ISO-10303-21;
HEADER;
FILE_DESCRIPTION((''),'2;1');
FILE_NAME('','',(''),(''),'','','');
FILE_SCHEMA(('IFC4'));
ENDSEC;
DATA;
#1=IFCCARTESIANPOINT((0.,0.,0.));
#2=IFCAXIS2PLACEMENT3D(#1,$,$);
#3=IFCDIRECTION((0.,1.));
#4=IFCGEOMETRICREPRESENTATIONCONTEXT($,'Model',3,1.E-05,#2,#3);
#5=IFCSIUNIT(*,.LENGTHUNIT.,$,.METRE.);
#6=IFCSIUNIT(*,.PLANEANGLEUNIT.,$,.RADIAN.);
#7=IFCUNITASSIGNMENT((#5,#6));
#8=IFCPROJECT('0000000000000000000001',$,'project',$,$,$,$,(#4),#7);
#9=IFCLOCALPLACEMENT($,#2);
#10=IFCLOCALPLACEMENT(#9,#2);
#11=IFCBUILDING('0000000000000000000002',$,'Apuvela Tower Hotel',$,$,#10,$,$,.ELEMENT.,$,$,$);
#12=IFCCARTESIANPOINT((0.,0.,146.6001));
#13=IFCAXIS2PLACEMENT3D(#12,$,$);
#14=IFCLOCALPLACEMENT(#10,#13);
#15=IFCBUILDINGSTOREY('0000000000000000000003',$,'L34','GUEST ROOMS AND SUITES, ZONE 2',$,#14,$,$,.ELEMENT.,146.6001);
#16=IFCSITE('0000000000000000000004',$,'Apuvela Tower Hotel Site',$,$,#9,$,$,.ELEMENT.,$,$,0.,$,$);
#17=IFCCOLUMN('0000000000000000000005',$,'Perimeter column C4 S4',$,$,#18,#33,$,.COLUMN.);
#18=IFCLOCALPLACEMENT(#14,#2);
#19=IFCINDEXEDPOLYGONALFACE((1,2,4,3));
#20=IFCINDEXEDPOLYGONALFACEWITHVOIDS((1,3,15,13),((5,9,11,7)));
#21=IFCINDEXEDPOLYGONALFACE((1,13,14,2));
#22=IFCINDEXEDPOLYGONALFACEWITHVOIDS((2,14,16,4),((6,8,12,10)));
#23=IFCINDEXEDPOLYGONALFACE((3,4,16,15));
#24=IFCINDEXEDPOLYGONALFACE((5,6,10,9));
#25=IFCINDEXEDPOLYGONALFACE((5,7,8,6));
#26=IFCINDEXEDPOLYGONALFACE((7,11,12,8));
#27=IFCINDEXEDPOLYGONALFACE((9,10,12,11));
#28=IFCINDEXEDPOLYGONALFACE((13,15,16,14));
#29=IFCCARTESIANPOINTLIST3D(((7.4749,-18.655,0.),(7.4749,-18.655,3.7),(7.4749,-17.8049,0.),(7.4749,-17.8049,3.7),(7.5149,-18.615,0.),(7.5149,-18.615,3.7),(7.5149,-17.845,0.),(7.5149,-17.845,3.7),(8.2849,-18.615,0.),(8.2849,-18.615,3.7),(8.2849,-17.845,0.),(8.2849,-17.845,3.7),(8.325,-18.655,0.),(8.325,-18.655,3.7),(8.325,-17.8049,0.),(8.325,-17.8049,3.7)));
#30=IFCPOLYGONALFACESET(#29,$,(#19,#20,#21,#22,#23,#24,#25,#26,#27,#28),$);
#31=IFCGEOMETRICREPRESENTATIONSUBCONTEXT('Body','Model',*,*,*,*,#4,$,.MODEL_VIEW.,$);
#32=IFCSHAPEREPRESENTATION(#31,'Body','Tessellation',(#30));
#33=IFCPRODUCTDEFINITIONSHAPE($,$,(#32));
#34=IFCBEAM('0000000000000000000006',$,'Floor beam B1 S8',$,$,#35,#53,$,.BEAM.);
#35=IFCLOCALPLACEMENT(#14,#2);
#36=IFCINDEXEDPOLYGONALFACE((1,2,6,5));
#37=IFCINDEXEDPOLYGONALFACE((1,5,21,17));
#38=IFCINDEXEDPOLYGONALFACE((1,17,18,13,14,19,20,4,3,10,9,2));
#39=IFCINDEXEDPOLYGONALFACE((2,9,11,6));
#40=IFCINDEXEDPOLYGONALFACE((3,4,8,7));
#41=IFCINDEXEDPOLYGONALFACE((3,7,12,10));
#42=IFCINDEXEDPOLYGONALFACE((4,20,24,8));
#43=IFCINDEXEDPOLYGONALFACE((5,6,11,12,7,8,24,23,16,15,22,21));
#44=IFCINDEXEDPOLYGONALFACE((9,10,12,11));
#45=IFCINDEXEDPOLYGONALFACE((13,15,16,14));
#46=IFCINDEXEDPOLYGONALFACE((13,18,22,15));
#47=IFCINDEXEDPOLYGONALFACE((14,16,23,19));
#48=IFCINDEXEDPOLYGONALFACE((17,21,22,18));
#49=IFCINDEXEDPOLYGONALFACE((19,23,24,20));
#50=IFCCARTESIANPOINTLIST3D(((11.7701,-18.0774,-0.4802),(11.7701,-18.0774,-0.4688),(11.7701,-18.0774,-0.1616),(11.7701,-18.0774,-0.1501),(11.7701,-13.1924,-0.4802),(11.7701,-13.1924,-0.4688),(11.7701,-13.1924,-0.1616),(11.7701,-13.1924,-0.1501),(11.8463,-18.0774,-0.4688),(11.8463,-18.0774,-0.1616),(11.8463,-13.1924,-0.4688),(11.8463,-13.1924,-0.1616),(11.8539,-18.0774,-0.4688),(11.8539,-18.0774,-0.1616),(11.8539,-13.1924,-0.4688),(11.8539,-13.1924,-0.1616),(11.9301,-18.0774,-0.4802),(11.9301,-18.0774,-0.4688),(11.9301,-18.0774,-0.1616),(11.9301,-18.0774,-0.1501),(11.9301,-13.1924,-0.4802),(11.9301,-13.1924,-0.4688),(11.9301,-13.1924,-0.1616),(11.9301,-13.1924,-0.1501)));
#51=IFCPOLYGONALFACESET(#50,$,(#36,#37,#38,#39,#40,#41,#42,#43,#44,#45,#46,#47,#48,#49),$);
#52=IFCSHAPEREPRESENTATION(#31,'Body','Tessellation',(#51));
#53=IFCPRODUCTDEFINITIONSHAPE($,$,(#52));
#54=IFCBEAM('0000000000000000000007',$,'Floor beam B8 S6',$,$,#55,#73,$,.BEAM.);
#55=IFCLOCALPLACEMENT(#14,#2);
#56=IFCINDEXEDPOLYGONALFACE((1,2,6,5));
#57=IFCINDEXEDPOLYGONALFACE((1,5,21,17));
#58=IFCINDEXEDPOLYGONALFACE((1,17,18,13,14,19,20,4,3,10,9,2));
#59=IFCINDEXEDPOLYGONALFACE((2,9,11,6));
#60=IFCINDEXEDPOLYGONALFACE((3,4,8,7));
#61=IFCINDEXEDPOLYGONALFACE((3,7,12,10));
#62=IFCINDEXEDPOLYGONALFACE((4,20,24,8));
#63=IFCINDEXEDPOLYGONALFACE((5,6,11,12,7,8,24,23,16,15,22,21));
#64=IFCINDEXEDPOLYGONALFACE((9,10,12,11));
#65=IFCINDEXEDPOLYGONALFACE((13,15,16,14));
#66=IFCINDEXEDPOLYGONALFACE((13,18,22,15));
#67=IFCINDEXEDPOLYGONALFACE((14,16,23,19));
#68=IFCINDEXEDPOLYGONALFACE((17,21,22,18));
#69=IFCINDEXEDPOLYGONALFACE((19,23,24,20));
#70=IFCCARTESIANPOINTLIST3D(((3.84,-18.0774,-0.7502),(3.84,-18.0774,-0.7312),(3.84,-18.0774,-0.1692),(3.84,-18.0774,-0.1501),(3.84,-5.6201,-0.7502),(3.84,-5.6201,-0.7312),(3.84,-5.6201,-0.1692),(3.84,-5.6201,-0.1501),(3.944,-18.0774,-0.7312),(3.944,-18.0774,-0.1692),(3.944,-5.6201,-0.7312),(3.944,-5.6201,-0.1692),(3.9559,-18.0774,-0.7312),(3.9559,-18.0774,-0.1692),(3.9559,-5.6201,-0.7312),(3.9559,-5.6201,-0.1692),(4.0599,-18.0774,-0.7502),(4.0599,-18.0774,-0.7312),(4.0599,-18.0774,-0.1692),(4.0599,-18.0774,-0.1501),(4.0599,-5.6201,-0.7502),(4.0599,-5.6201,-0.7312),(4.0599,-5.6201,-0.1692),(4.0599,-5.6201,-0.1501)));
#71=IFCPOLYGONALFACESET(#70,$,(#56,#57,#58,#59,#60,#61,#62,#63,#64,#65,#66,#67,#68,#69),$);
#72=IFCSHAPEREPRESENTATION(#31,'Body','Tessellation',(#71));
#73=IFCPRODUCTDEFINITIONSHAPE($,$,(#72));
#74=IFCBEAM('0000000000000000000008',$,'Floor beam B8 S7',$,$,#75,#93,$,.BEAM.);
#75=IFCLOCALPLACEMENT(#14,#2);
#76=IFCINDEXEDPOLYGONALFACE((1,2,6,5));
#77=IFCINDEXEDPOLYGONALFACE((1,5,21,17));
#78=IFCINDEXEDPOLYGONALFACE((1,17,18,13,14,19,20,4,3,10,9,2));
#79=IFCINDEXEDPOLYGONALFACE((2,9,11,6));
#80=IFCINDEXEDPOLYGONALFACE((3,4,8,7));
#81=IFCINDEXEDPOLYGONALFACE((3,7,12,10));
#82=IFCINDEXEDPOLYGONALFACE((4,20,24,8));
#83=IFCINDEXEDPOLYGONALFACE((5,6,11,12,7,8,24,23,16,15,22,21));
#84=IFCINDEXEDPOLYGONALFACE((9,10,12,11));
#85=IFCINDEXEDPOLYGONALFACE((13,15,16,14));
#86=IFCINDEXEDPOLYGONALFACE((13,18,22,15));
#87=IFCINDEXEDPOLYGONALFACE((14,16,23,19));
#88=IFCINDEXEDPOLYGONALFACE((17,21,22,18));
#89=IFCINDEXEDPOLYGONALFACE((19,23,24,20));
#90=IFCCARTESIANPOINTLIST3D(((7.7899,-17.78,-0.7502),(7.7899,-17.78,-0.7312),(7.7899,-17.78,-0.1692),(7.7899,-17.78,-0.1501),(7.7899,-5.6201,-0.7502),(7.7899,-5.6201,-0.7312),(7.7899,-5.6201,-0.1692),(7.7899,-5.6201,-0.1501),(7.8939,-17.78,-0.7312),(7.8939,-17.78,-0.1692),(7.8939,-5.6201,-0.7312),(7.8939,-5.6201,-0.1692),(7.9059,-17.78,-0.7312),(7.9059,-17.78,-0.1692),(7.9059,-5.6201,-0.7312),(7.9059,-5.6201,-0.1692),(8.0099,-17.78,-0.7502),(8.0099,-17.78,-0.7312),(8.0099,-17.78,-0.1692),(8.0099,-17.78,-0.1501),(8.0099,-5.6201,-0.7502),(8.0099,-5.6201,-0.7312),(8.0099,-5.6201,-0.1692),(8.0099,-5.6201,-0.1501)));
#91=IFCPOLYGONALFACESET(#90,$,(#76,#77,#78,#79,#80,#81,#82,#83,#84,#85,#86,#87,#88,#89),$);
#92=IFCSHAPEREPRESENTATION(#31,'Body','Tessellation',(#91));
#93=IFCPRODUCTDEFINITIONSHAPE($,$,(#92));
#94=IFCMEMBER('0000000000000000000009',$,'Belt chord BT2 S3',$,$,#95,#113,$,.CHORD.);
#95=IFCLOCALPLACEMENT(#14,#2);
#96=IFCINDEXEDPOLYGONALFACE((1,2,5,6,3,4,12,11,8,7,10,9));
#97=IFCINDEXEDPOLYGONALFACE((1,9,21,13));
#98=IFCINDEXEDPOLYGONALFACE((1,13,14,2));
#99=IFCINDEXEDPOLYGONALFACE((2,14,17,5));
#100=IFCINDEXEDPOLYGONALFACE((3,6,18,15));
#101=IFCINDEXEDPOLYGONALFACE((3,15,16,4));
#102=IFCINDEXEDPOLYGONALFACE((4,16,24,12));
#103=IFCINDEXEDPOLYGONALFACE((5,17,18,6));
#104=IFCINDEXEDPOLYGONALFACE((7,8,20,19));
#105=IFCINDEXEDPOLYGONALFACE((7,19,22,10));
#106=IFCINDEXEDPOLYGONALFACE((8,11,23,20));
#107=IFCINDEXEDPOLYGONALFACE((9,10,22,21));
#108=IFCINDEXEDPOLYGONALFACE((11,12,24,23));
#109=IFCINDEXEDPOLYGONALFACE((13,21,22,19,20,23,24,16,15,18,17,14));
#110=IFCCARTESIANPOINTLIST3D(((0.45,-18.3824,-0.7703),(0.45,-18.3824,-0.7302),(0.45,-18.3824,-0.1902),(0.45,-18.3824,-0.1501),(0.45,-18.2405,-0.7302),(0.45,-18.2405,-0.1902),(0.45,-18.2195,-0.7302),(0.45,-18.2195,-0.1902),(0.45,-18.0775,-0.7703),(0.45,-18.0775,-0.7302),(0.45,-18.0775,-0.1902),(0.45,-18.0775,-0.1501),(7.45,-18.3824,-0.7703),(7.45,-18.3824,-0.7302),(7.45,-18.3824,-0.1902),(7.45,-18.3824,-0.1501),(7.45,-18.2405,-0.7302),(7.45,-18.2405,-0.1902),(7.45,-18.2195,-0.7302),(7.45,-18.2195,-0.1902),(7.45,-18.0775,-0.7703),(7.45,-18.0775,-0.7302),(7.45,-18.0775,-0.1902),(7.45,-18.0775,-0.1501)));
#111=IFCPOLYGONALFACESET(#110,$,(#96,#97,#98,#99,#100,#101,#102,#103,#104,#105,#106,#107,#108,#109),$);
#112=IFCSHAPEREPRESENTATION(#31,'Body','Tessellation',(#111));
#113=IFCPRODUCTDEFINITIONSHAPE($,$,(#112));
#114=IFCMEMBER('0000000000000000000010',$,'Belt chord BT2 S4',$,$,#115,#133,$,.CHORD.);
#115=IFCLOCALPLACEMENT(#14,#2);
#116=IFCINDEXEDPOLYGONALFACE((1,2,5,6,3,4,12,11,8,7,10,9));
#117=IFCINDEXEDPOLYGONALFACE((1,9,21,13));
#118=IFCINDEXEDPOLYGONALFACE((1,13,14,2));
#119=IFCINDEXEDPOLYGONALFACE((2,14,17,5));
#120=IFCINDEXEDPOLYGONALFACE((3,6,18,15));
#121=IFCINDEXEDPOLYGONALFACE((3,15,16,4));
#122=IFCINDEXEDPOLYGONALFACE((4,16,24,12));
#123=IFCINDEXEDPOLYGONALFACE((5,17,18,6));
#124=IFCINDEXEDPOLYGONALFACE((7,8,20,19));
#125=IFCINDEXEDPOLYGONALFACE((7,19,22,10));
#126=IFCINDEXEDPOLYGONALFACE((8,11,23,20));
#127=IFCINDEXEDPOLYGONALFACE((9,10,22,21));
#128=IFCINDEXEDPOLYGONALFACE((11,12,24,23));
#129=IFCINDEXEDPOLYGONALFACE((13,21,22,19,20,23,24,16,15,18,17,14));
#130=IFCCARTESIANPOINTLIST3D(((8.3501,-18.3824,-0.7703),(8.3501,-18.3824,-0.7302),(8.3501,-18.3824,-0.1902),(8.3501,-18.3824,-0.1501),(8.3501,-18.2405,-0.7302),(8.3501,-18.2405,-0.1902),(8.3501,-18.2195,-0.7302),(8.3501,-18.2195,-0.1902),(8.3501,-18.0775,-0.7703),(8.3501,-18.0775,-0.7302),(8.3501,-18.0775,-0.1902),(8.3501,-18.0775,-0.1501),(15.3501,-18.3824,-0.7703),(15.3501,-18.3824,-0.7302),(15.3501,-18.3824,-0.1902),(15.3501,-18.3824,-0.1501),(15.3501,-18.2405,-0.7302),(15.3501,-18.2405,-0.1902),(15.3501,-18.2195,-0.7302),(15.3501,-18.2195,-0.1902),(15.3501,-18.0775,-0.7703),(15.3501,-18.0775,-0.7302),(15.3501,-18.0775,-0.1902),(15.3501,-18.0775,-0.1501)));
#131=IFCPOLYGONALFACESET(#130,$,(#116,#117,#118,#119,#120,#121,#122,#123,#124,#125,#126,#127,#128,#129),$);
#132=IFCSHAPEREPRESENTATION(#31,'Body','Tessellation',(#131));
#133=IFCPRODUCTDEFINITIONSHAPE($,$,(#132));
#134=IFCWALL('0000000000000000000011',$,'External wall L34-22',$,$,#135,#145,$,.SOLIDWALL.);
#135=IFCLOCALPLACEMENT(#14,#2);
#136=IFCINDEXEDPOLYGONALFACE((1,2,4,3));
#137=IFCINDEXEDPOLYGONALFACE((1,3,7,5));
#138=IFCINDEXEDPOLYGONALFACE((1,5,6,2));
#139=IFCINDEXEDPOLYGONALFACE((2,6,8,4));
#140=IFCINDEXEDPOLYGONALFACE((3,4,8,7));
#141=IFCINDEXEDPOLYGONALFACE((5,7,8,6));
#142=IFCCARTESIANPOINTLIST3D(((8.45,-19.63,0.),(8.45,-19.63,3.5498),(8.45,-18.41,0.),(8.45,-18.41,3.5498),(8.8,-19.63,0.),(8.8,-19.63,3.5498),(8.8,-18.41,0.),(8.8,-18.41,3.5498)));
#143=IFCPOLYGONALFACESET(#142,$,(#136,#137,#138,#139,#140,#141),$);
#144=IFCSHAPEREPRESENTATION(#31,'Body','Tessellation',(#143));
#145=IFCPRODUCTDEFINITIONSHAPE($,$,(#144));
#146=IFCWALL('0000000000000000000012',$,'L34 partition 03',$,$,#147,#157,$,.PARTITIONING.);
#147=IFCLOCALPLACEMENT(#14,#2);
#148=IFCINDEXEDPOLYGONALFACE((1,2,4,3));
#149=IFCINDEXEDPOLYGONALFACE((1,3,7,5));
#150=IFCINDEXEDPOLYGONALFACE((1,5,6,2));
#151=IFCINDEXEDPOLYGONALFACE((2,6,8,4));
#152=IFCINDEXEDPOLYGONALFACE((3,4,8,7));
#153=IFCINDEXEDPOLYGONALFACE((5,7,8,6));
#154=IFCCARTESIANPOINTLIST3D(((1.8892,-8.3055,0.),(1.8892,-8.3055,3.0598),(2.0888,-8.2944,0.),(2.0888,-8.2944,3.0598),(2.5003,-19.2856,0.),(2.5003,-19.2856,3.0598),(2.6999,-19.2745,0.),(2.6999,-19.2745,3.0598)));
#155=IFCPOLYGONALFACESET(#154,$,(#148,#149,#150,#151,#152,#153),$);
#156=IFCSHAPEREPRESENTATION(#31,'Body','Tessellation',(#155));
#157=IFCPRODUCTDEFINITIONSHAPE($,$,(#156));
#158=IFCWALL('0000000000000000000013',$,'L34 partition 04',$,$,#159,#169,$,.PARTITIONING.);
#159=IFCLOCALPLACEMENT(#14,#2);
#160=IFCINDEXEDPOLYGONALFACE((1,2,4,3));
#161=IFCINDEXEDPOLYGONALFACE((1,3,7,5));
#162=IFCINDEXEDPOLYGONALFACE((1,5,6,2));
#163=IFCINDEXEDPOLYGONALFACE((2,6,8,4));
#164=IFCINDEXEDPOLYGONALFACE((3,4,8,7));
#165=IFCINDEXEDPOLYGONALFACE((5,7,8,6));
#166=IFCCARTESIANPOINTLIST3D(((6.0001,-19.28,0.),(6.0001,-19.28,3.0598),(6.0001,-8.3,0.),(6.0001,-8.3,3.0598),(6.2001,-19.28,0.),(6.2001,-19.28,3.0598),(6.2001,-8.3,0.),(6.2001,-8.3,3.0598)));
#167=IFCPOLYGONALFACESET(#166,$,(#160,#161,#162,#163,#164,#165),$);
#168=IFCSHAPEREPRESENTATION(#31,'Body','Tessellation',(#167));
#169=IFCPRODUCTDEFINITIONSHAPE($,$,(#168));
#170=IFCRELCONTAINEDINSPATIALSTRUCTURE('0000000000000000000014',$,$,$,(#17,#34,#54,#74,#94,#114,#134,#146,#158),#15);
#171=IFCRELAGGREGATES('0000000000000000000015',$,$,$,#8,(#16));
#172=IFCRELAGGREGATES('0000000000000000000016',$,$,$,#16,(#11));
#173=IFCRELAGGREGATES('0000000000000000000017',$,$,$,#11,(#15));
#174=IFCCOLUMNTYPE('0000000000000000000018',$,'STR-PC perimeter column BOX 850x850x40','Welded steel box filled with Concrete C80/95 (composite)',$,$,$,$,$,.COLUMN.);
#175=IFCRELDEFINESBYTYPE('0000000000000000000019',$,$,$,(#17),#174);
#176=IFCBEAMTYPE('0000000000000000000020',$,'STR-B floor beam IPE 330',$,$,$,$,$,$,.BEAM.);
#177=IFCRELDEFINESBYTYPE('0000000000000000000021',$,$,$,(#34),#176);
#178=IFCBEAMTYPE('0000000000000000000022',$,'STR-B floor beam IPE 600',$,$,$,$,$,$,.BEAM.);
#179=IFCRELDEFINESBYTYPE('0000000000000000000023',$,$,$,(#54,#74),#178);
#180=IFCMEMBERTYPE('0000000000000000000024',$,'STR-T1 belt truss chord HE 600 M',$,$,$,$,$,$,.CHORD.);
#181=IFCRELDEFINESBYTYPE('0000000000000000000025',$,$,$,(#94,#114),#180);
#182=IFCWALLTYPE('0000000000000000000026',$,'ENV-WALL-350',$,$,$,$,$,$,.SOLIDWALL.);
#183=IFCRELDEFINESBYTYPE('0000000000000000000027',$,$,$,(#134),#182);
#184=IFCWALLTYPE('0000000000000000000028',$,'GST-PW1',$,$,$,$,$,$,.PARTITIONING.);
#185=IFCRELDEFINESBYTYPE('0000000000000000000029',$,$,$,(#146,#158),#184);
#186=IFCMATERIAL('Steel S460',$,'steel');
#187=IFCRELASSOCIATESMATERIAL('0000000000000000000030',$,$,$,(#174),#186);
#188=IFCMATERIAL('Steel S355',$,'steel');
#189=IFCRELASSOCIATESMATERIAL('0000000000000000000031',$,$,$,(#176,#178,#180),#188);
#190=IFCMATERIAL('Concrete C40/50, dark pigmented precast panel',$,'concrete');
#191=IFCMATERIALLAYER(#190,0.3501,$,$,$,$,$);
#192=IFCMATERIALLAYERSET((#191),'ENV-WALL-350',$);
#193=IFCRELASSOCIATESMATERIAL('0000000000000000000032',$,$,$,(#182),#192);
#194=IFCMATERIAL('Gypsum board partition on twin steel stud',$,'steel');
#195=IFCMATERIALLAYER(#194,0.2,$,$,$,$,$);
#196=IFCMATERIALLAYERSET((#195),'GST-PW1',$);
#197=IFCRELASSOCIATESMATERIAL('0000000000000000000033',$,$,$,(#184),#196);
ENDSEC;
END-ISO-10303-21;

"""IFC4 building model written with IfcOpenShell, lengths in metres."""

from ifc_helpers import new_model, si_unit, direction, frame, frame_2d, origin, origin_2d, place, context, subcontext, project, spatial, rectangle, hollow_rectangle, i_section, extrude, material, layer, layer_set, material_profile, profile_set, type_object, element, save


model = new_model("IFC4")

# Units and contexts
model_context = context("Model", 3, precision=1e-05, world=origin(), true_north=direction((0.0, 1.0)))
body_context = subcontext(model_context, "Body", "Model", "MODEL_VIEW")
ifc_project = project(units=[si_unit("LENGTHUNIT", "METRE"), si_unit("PLANEANGLEUNIT", "RADIAN")], contexts=[model_context])

# Site, building, storey
site_placement = place(None, origin())
site = spatial("IfcSite", under=ifc_project, at=site_placement, Name="Apuvela Tower Hotel Site", CompositionType="ELEMENT", RefElevation=0.0)
building_placement = place(site_placement, origin())
building = spatial("IfcBuilding", under=site, at=building_placement, Name="Apuvela Tower Hotel", CompositionType="ELEMENT")
storey_placement = place(building_placement, frame((0.0, 0.0, 146.6001)))
storey = spatial("IfcBuildingStorey", under=building, at=storey_placement, Name="L34", Description="GUEST ROOMS AND SUITES, ZONE 2", CompositionType="ELEMENT", Elevation=146.6001)

# Column
ifc_material_1 = material(Name="Steel S460", Category="steel")
ifc_material_profile_1 = material_profile(ifc_material_1, hollow_rectangle(XDim=0.8501, YDim=0.8501, WallThickness=0.04, at=origin_2d()), Name="BOX 850x850x40")
ifc_material_2 = material(Name="Concrete C80/95", Category="concrete")
ifc_material_profile_2 = material_profile(ifc_material_2, rectangle(XDim=0.77, YDim=0.77, at=origin_2d()), Name="Concrete C80/95 infill")
ifc_profile_set_1 = profile_set([ifc_material_profile_1, ifc_material_profile_2], Name="Steel S460")
column_type = type_object("IfcColumnType", Name="STR-PC perimeter column BOX 850x850x40", Description="Welded steel box filled with Concrete C80/95 (composite)", PredefinedType="COLUMN", material=ifc_profile_set_1)
column_placement = place(storey_placement, frame((7.8999, -18.23, 0.0), z_axis=(0.0, 0.0, 1.0), x_axis=(-1.0, 0.0, 0.0)))
element("IfcColumn", 1, at=column_placement, inside=storey, type_object=column_type, Name="Perimeter column C4 S4", PredefinedType="COLUMN", context=body_context, shape_type="SweptSolid", body=[
    extrude(hollow_rectangle(XDim=0.8501, YDim=0.8501, WallThickness=0.04, at=origin_2d()), origin(), (0.0, 0.0, 1.0), 3.7),
])

# Beams
ifc_material_3 = material(Name="Steel S355", Category="steel")
ifc_material_profile_3 = material_profile(ifc_material_3, i_section(OverallWidth=0.1599, OverallDepth=0.3301, WebThickness=0.0076, FlangeThickness=0.0115, at=origin_2d()), Name="IPE 330")
ifc_profile_set_2 = profile_set([ifc_material_profile_3], Name="Steel S355")
beam_type_1 = type_object("IfcBeamType", Name="STR-B floor beam IPE 330", PredefinedType="BEAM", material=ifc_profile_set_2)
beam_1_placement = place(storey_placement, frame((11.8501, -18.0774, -0.3152), z_axis=(0.0, 1.0, 0.0), x_axis=(-1.0, 0.0, 0.0)))
element("IfcBeam", 2, at=beam_1_placement, inside=storey, type_object=beam_type_1, Name="Floor beam B1 S8", PredefinedType="BEAM", context=body_context, shape_type="SweptSolid", body=[
    extrude(i_section(OverallWidth=0.1599, OverallDepth=0.3301, WebThickness=0.0076, FlangeThickness=0.0115, at=origin_2d()), origin(), (0.0, 0.0, 1.0), 4.885),
])
ifc_material_profile_4 = material_profile(ifc_material_3, i_section(OverallWidth=0.22, OverallDepth=0.6001, WebThickness=0.012, FlangeThickness=0.019, at=origin_2d()), Name="IPE 600")
ifc_profile_set_3 = profile_set([ifc_material_profile_4], Name="Steel S355")
beam_type_2 = type_object("IfcBeamType", Name="STR-B floor beam IPE 600", PredefinedType="BEAM", material=ifc_profile_set_3)
beam_2_placement = place(storey_placement, frame((3.95, -18.0774, -0.4502), z_axis=(0.0, 1.0, 0.0), x_axis=(-1.0, 0.0, 0.0)))
element("IfcBeam", 3, at=beam_2_placement, inside=storey, type_object=beam_type_2, Name="Floor beam B8 S6", PredefinedType="BEAM", context=body_context, shape_type="SweptSolid", body=[
    extrude(i_section(OverallWidth=0.22, OverallDepth=0.6001, WebThickness=0.012, FlangeThickness=0.019, at=origin_2d()), origin(), (0.0, 0.0, 1.0), 12.4573),
])
beam_3_placement = place(storey_placement, frame((7.8999, -17.78, -0.4502), z_axis=(0.0, 1.0, 0.0), x_axis=(-1.0, 0.0, 0.0)))
element("IfcBeam", 4, at=beam_3_placement, inside=storey, type_object=beam_type_2, Name="Floor beam B8 S7", PredefinedType="BEAM", context=body_context, shape_type="SweptSolid", body=[
    extrude(i_section(OverallWidth=0.22, OverallDepth=0.6001, WebThickness=0.012, FlangeThickness=0.019, at=origin_2d()), origin(), (0.0, 0.0, 1.0), 12.1599),
])

# Members
ifc_material_profile_5 = material_profile(ifc_material_3, i_section(OverallWidth=0.3049, OverallDepth=0.6201, WebThickness=0.021, FlangeThickness=0.04, at=origin_2d()), Name="HE 600 M")
ifc_profile_set_4 = profile_set([ifc_material_profile_5], Name="Steel S355")
member_type = type_object("IfcMemberType", Name="STR-T1 belt truss chord HE 600 M", PredefinedType="CHORD", material=ifc_profile_set_4)
for number, where, z_axis, x_axis, name in (
    (5, (0.45, -18.23, -0.4602), (1.0, 0.0, 0.0), (0.0, 1.0, 0.0), "Belt chord BT2 S3"),
    (6, (8.3501, -18.23, -0.4602), (1.0, 0.0, 0.0), (0.0, 1.0, 0.0), "Belt chord BT2 S4"),
):
    element("IfcMember", number, at=place(storey_placement, frame(where, z_axis=z_axis, x_axis=x_axis)), inside=storey, type_object=member_type, Name=name, PredefinedType="CHORD", context=body_context, shape_type="SweptSolid", body=[
        extrude(i_section(OverallWidth=0.3049, OverallDepth=0.6201, WebThickness=0.021, FlangeThickness=0.04, at=origin_2d()), origin(), (0.0, 0.0, 1.0), 7.0),
    ])

# Wall
ifc_material_4 = material(Name="Concrete C40/50, dark pigmented precast panel", Category="concrete")
ifc_layer_1 = layer(ifc_material_4, 0.3501)
ifc_layer_set_1 = layer_set([ifc_layer_1], Name="ENV-WALL-350")
wall_type_1 = type_object("IfcWallType", Name="ENV-WALL-350", PredefinedType="SOLIDWALL", material=ifc_layer_set_1)
wall_1_placement = place(storey_placement, frame((8.625, -19.6299, 0.0), z_axis=(0.0, 0.0, 1.0), x_axis=(0.0, 1.0, 0.0)))
element("IfcWall", 7, at=wall_1_placement, inside=storey, type_object=wall_type_1, Name="External wall L34-22", PredefinedType="SOLIDWALL", context=body_context, shape_type="SweptSolid", body=[
    extrude(rectangle(XDim=1.22, YDim=0.3501, at=frame_2d((0.6099, 0.0))), origin(), (0.0, 0.0, 1.0), 3.5498),
])

# Walls
ifc_material_5 = material(Name="Gypsum board partition on twin steel stud", Category="steel")
ifc_layer_2 = layer(ifc_material_5, 0.2)
ifc_layer_set_2 = layer_set([ifc_layer_2], Name="GST-PW1")
wall_type_2 = type_object("IfcWallType", Name="GST-PW1", PredefinedType="PARTITIONING", material=ifc_layer_set_2)
wall_2_placement = place(storey_placement, frame((2.6001, -19.28, 0.0), z_axis=(0.0, 0.0, 1.0), x_axis=(-0.055568, 0.998455, 0.0)))
element("IfcWall", 8, at=wall_2_placement, inside=storey, type_object=wall_type_2, Name="L34 partition 03", PredefinedType="PARTITIONING", context=body_context, shape_type="SweptSolid", body=[
    extrude(rectangle(XDim=10.9971, YDim=0.2, at=frame_2d((5.4985, 0.0))), origin(), (0.0, 0.0, 1.0), 3.0598),
])
wall_3_placement = place(storey_placement, frame((6.1001, -19.28, 0.0), z_axis=(0.0, 0.0, 1.0), x_axis=(0.0, 1.0, 0.0)))
element("IfcWall", 9, at=wall_3_placement, inside=storey, type_object=wall_type_2, Name="L34 partition 04", PredefinedType="PARTITIONING", context=body_context, shape_type="SweptSolid", body=[
    extrude(rectangle(XDim=10.98, YDim=0.2, at=frame_2d((5.49, 0.0))), origin(), (0.0, 0.0, 1.0), 3.0598),
])

save(model, "model.ifc")
